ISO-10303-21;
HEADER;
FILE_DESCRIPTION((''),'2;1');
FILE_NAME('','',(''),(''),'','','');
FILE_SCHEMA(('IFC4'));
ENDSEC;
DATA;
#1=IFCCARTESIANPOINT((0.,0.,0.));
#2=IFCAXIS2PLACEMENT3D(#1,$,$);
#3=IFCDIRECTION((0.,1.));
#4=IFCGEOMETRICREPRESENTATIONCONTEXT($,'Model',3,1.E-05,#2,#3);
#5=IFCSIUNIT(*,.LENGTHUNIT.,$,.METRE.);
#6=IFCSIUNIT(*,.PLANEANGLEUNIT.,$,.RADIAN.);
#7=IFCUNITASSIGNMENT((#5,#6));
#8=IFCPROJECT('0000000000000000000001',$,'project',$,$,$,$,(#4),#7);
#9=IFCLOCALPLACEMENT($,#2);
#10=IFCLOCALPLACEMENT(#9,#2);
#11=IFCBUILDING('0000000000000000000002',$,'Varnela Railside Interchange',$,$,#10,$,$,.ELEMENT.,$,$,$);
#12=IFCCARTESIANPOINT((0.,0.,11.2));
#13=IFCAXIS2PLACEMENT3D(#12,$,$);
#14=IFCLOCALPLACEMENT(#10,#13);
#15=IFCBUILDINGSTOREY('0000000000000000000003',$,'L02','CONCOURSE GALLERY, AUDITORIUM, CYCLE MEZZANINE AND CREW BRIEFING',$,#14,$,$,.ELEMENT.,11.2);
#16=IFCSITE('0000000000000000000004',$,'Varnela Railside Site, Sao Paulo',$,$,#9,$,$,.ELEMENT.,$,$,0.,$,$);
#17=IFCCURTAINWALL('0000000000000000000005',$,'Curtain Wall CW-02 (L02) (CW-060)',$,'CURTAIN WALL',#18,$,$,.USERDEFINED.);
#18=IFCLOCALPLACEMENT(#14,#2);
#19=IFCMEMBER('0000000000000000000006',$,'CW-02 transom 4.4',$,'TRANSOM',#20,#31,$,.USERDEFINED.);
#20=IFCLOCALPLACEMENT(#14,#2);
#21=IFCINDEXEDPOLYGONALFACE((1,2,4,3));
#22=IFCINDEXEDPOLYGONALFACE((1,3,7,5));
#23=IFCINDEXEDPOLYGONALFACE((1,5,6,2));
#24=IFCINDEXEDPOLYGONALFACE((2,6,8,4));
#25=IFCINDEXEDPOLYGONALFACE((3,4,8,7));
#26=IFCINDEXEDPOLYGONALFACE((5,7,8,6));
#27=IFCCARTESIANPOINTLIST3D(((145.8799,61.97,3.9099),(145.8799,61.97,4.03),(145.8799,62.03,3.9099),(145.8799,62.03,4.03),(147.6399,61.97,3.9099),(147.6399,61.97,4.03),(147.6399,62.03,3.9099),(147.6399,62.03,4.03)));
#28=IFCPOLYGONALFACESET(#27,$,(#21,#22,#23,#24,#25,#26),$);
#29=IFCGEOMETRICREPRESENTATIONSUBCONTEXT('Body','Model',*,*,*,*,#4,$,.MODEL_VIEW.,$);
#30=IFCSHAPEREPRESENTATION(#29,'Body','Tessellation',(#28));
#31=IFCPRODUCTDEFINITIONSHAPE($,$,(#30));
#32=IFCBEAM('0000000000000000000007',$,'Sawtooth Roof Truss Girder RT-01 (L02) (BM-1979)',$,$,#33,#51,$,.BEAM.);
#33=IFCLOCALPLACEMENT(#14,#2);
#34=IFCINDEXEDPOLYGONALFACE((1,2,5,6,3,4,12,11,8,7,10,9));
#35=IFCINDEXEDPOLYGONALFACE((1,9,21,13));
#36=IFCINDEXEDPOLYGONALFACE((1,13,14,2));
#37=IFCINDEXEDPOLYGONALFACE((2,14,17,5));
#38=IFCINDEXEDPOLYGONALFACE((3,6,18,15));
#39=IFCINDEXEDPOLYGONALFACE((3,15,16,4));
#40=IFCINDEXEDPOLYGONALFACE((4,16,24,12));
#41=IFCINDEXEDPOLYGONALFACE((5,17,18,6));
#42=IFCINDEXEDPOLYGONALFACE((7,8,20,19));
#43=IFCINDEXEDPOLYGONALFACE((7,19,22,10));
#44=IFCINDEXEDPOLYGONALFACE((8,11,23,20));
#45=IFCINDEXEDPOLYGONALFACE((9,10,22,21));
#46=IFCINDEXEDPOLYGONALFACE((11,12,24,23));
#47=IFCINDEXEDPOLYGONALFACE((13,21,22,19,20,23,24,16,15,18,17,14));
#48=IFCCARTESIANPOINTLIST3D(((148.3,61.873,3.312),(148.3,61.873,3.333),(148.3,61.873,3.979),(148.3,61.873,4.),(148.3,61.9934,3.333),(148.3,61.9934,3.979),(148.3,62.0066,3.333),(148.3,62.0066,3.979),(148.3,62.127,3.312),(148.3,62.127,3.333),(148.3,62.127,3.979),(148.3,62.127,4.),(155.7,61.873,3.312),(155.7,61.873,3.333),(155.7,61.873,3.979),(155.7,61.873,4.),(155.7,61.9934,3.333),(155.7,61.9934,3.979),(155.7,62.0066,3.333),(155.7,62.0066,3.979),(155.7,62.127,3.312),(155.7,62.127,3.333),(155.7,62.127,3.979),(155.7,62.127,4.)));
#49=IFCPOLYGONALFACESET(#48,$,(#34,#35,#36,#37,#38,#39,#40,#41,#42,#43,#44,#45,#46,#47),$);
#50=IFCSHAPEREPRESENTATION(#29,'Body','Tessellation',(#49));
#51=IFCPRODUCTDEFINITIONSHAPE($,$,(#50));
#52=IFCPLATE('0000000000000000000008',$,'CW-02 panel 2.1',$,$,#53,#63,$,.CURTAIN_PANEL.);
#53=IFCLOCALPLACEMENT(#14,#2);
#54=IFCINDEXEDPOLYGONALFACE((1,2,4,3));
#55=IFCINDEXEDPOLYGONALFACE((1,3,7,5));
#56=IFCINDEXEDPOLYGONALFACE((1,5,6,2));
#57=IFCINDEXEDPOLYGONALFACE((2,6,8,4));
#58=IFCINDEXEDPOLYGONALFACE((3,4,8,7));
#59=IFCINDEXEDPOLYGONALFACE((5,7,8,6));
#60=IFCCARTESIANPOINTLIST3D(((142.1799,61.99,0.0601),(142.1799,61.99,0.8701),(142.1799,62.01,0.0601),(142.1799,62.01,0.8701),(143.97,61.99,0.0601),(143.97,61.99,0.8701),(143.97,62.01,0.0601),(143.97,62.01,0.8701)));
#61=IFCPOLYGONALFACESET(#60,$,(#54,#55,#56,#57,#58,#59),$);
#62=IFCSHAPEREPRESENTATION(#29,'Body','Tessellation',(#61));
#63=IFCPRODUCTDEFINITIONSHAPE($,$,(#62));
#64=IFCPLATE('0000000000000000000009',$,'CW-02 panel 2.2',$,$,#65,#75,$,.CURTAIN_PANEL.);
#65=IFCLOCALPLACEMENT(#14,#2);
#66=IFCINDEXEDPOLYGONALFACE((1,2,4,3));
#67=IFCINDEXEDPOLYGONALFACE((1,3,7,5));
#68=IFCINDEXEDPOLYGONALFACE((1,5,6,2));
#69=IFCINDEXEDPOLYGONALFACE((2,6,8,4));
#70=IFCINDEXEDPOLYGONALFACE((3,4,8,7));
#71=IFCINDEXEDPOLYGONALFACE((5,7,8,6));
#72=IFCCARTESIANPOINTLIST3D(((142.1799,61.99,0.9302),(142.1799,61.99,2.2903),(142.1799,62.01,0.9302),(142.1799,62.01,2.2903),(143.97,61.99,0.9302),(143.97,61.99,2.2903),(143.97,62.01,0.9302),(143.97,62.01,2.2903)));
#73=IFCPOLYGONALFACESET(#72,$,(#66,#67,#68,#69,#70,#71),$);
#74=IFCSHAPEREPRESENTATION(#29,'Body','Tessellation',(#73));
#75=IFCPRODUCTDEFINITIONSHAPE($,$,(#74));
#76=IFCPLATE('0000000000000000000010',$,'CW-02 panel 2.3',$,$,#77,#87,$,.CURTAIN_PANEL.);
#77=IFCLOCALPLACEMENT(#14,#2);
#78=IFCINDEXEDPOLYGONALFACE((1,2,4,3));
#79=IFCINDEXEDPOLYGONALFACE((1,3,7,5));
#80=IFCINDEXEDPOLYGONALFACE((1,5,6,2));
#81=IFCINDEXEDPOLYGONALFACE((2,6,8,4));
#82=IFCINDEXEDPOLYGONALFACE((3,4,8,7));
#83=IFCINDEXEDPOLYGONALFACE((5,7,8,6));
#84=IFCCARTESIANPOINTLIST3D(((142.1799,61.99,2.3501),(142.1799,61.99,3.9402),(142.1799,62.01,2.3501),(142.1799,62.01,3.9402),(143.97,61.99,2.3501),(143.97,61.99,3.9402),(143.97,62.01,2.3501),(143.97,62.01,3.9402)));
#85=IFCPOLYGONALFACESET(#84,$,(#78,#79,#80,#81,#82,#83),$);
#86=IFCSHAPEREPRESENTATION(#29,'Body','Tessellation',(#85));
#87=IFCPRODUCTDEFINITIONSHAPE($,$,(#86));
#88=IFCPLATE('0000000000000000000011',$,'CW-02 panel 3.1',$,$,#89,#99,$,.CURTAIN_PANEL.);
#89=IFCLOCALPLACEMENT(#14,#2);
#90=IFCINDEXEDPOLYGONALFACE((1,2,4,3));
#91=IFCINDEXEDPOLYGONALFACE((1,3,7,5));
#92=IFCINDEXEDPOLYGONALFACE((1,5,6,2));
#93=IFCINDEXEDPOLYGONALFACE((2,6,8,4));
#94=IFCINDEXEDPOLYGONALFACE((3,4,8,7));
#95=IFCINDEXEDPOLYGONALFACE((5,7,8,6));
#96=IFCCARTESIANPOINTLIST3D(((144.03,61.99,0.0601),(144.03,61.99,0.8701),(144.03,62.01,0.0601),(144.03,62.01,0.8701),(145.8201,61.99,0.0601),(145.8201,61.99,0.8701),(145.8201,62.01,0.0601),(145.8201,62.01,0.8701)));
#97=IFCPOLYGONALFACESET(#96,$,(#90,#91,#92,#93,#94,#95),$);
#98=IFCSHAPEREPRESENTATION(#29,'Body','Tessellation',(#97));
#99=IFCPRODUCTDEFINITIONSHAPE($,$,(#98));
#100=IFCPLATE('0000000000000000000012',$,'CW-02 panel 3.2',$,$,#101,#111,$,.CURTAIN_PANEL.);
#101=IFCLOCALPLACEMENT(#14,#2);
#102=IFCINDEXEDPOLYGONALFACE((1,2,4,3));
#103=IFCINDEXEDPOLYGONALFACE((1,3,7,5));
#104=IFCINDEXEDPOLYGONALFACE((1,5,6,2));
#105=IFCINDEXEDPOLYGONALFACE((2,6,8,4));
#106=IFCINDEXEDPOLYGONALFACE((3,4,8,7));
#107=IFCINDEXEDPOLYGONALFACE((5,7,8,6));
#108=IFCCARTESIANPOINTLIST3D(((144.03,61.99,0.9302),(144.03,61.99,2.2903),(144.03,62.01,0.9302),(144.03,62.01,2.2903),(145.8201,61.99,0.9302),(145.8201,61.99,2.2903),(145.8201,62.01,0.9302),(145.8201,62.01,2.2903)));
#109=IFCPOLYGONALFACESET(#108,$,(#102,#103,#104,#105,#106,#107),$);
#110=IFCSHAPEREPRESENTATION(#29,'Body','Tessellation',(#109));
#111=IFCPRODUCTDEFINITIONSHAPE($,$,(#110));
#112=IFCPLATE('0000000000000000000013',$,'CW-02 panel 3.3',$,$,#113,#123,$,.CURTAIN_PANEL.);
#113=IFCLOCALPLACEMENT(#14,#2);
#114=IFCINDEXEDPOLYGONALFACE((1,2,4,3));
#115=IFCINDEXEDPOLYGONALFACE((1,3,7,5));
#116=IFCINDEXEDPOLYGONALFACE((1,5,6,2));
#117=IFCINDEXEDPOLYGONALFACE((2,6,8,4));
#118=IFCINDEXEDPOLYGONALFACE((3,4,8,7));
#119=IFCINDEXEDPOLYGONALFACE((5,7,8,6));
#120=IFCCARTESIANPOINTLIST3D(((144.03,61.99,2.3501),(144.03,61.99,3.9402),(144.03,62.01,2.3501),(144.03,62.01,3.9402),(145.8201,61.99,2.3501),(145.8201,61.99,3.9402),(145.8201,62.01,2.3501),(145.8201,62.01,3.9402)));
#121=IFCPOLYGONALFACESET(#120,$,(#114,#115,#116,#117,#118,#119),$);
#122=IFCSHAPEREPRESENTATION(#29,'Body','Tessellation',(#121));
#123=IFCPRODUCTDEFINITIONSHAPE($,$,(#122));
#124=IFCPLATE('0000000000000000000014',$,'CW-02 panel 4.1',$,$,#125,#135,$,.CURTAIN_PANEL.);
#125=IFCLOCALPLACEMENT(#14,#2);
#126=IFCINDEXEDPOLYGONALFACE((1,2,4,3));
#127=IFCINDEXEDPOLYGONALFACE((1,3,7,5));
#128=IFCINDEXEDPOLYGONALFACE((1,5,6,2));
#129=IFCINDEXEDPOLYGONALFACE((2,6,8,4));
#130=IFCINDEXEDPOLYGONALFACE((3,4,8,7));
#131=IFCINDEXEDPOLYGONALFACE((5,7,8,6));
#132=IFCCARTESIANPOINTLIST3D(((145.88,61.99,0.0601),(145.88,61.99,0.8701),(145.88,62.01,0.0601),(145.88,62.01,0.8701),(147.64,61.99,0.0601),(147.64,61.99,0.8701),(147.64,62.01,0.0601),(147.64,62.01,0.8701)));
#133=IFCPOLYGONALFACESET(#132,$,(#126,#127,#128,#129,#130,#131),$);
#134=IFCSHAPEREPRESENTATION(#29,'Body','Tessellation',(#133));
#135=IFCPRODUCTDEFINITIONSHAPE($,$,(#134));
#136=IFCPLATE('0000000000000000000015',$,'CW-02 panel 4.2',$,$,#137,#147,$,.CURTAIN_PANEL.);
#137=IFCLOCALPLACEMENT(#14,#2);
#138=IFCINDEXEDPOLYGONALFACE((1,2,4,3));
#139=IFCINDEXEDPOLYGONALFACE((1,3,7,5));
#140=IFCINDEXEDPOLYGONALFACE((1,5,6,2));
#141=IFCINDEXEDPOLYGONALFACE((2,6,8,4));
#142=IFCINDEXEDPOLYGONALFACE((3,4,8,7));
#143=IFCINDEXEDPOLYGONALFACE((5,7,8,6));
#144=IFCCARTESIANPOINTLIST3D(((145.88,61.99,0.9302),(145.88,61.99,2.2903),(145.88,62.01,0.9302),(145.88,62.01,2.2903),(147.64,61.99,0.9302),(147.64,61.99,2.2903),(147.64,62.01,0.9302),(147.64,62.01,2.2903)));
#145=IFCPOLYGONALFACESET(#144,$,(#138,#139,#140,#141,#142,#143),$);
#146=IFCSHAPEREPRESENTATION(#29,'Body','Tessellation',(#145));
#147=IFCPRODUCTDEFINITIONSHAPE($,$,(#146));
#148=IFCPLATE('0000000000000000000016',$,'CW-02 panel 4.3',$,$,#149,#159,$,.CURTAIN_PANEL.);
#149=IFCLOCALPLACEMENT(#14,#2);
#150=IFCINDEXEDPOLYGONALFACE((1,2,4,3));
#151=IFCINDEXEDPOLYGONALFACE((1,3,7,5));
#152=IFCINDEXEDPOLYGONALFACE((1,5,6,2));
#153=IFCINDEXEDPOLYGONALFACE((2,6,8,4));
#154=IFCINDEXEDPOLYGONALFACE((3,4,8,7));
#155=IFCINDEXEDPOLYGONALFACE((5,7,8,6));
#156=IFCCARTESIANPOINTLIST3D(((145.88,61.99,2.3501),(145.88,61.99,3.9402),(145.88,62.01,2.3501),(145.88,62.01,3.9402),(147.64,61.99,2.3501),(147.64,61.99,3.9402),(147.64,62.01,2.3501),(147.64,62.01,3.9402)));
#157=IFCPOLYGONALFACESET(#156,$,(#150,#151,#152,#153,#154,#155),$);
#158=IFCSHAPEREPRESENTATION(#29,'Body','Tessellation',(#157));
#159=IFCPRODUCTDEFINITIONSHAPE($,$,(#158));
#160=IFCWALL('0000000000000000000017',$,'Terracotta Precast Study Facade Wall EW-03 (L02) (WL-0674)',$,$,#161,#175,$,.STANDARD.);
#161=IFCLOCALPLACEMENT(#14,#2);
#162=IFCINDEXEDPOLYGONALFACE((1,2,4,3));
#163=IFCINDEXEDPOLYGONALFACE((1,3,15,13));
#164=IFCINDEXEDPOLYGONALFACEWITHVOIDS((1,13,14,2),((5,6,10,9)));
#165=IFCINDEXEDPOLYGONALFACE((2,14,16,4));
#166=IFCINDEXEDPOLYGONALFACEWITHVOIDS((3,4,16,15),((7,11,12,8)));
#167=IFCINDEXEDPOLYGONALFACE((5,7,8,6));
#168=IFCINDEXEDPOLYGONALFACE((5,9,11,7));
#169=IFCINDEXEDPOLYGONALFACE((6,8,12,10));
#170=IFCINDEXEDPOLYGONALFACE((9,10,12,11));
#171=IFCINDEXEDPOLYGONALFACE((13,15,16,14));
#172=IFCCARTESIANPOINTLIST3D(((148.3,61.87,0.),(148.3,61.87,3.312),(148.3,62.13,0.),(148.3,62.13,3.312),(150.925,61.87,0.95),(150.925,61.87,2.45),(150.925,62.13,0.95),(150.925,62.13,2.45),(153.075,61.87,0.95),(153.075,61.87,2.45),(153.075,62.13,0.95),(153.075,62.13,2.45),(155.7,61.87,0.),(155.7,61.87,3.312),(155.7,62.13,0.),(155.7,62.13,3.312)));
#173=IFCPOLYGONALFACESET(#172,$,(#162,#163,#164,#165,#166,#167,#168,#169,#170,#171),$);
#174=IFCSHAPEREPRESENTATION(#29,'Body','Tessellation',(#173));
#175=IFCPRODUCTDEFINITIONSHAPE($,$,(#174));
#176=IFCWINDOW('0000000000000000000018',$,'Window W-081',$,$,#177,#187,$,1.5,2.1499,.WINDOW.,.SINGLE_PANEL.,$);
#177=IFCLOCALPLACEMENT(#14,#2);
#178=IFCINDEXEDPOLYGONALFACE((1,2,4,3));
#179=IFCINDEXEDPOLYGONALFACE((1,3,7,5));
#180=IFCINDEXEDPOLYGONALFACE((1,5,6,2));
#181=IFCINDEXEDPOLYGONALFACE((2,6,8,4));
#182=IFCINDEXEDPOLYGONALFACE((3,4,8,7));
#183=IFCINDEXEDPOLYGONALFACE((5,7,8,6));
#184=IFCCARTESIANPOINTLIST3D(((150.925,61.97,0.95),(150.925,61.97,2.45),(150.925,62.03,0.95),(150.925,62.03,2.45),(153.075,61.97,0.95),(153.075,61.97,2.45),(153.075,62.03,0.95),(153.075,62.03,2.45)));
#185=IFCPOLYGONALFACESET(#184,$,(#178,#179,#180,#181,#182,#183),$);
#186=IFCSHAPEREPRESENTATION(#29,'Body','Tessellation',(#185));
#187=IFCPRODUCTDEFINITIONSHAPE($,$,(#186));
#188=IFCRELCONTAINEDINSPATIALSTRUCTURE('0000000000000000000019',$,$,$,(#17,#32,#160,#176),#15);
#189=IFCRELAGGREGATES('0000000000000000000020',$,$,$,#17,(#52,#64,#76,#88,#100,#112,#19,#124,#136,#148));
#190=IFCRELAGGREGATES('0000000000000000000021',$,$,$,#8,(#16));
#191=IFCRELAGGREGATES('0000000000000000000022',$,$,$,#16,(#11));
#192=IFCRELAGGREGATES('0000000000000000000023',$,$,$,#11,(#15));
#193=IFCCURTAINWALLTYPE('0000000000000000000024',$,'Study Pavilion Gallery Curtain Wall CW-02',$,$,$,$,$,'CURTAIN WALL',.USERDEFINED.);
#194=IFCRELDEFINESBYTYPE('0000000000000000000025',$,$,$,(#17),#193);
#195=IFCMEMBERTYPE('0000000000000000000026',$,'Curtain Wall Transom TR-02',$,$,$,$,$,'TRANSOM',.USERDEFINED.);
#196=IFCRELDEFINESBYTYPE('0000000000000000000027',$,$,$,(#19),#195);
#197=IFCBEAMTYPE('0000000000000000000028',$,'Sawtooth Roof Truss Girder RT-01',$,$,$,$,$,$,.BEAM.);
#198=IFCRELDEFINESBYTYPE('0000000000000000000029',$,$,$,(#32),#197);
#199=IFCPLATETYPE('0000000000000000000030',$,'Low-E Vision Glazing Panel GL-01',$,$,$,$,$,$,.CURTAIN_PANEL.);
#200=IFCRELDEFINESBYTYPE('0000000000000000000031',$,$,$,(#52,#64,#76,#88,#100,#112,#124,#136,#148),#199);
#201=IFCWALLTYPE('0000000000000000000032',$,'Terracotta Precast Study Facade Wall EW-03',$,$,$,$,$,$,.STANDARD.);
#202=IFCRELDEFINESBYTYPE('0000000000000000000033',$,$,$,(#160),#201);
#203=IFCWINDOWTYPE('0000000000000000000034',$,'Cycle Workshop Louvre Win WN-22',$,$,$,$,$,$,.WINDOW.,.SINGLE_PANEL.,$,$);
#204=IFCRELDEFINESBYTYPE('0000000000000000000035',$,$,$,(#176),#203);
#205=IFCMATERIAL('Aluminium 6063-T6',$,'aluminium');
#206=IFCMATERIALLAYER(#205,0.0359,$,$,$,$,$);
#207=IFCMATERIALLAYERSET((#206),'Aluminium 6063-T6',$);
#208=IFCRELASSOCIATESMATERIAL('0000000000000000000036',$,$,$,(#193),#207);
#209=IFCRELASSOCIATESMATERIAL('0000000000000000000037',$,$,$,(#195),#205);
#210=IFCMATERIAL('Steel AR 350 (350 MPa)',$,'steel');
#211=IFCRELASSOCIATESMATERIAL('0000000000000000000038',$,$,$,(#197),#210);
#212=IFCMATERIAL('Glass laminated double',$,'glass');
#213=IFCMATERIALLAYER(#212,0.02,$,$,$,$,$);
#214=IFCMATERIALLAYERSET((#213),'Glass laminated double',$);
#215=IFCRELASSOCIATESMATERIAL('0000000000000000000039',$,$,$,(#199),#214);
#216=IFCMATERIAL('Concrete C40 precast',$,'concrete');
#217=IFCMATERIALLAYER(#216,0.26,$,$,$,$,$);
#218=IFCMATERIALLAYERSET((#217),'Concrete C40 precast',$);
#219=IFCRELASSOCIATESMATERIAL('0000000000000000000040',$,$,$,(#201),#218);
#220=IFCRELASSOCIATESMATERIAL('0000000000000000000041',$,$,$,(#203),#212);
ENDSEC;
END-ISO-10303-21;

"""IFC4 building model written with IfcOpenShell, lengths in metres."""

from ifc_helpers import new_model, si_unit, direction, frame, frame_2d, origin, origin_2d, place, context, subcontext, project, spatial, rectangle, i_section, extrude, material, layer, layer_set, material_profile, profile_set, type_object, element, fill, aggregate, save


model = new_model("IFC4")

# Units and contexts
model_context = context("Model", 3, precision=1e-05, world=origin(), true_north=direction((0.0, 1.0)))
body_context = subcontext(model_context, "Body", "Model", "MODEL_VIEW")
ifc_project = project(units=[si_unit("LENGTHUNIT", "METRE"), si_unit("PLANEANGLEUNIT", "RADIAN")], contexts=[model_context])

# Site, building, storey
site_placement = place(None, origin())
site = spatial("IfcSite", under=ifc_project, at=site_placement, Name="Varnela Railside Site, Sao Paulo", CompositionType="ELEMENT", RefElevation=0.0)
building_placement = place(site_placement, origin())
building = spatial("IfcBuilding", under=site, at=building_placement, Name="Varnela Railside Interchange", CompositionType="ELEMENT")
storey_placement = place(building_placement, frame((0.0, 0.0, 11.2)))
storey = spatial("IfcBuildingStorey", under=building, at=storey_placement, Name="L02", Description="CONCOURSE GALLERY, AUDITORIUM, CYCLE MEZZANINE AND CREW BRIEFING", CompositionType="ELEMENT", Elevation=11.2)

# Curtain wall, member
ifc_material_1 = material(Name="Aluminium 6063-T6", Category="aluminium")
ifc_layer_1 = layer(ifc_material_1, 0.0359)
ifc_layer_set_1 = layer_set([ifc_layer_1], Name="Aluminium 6063-T6")
curtain_wall_type = type_object("IfcCurtainWallType", Name="Study Pavilion Gallery Curtain Wall CW-02", ElementType="CURTAIN WALL", PredefinedType="USERDEFINED", material=ifc_layer_set_1)
curtain_wall_placement = place(storey_placement, origin())
curtain_wall = element("IfcCurtainWall", 1, at=curtain_wall_placement, inside=storey, type_object=curtain_wall_type, Name="Curtain Wall CW-02 (L02) (CW-060)", ObjectType="CURTAIN WALL", PredefinedType="USERDEFINED")
ifc_material_profile_1 = material_profile(ifc_material_1, rectangle(XDim=0.0601, YDim=0.1201, at=origin_2d()), Name="ALU 60x120")
ifc_profile_set_1 = profile_set([ifc_material_profile_1], Name="Aluminium 6063-T6")
member_type_1 = type_object("IfcMemberType", Name="Curtain Wall Transom TR-02", ElementType="TRANSOM", PredefinedType="USERDEFINED", material=ifc_profile_set_1)
member_1_placement = place(storey_placement, frame((145.8799, 62.0, 3.97), z_axis=(1.0, 0.0, 0.0), x_axis=(0.0, 1.0, 0.0)))
member_1 = element("IfcMember", 2, at=member_1_placement, type_object=member_type_1, Name="CW-02 transom 4.4", ObjectType="TRANSOM", PredefinedType="USERDEFINED", context=body_context, shape_type="SweptSolid", body=[
    extrude(rectangle(XDim=0.0601, YDim=0.1201, at=origin_2d()), origin(), (0.0, 0.0, 1.0), 1.76),
])

# Beam
ifc_material_2 = material(Name="Steel AR 350 (350 MPa)", Category="steel")
ifc_material_profile_2 = material_profile(ifc_material_2, i_section(OverallWidth=0.2539, OverallDepth=0.688, WebThickness=0.0132, FlangeThickness=0.021, at=origin_2d()), Name="W690x152")
ifc_profile_set_2 = profile_set([ifc_material_profile_2], Name="Steel AR 350 (350 MPa)")
beam_type = type_object("IfcBeamType", Name="Sawtooth Roof Truss Girder RT-01", PredefinedType="BEAM", material=ifc_profile_set_2)
beam_placement = place(storey_placement, frame((148.3, 62.0, 3.656), z_axis=(1.0, 0.0, 0.0), x_axis=(0.0, 1.0, 0.0)))
element("IfcBeam", 3, at=beam_placement, inside=storey, type_object=beam_type, Name="Sawtooth Roof Truss Girder RT-01 (L02) (BM-1979)", PredefinedType="BEAM", context=body_context, shape_type="SweptSolid", body=[
    extrude(i_section(OverallWidth=0.2539, OverallDepth=0.688, WebThickness=0.0132, FlangeThickness=0.021, at=origin_2d()), origin(), (0.0, 0.0, 1.0), 7.3999),
])

# Plates
ifc_material_3 = material(Name="Glass laminated double", Category="glass")
ifc_layer_2 = layer(ifc_material_3, 0.02)
ifc_layer_set_2 = layer_set([ifc_layer_2], Name="Glass laminated double")
plate_type = type_object("IfcPlateType", Name="Low-E Vision Glazing Panel GL-01", PredefinedType="CURTAIN_PANEL", material=ifc_layer_set_2)
plate_1_placement = place(storey_placement, frame((143.075, 62.0, 0.0601), z_axis=(0.0, 0.0, 1.0), x_axis=(1.0, 0.0, 0.0)))
plate_1 = element("IfcPlate", 4, at=plate_1_placement, type_object=plate_type, Name="CW-02 panel 2.1", PredefinedType="CURTAIN_PANEL", context=body_context, shape_type="SweptSolid", body=[
    extrude(rectangle(XDim=1.79, YDim=0.02, at=origin_2d()), origin(), (0.0, 0.0, 1.0), 0.8101),
])
plate_2_placement = place(storey_placement, frame((143.075, 62.0, 0.9302), z_axis=(0.0, 0.0, 1.0), x_axis=(1.0, 0.0, 0.0)))
plate_2 = element("IfcPlate", 5, at=plate_2_placement, type_object=plate_type, Name="CW-02 panel 2.2", PredefinedType="CURTAIN_PANEL", context=body_context, shape_type="SweptSolid", body=[
    extrude(rectangle(XDim=1.79, YDim=0.02, at=origin_2d()), origin(), (0.0, 0.0, 1.0), 1.3601),
])
plate_3_placement = place(storey_placement, frame((143.075, 62.0, 2.3501), z_axis=(0.0, 0.0, 1.0), x_axis=(1.0, 0.0, 0.0)))
plate_3 = element("IfcPlate", 6, at=plate_3_placement, type_object=plate_type, Name="CW-02 panel 2.3", PredefinedType="CURTAIN_PANEL", context=body_context, shape_type="SweptSolid", body=[
    extrude(rectangle(XDim=1.79, YDim=0.02, at=origin_2d()), origin(), (0.0, 0.0, 1.0), 1.5901),
])
plate_4_placement = place(storey_placement, frame((144.925, 62.0, 0.0601), z_axis=(0.0, 0.0, 1.0), x_axis=(1.0, 0.0, 0.0)))
plate_4 = element("IfcPlate", 7, at=plate_4_placement, type_object=plate_type, Name="CW-02 panel 3.1", PredefinedType="CURTAIN_PANEL", context=body_context, shape_type="SweptSolid", body=[
    extrude(rectangle(XDim=1.79, YDim=0.02, at=origin_2d()), origin(), (0.0, 0.0, 1.0), 0.8101),
])
plate_5_placement = place(storey_placement, frame((144.925, 62.0, 0.9302), z_axis=(0.0, 0.0, 1.0), x_axis=(1.0, 0.0, 0.0)))
plate_5 = element("IfcPlate", 8, at=plate_5_placement, type_object=plate_type, Name="CW-02 panel 3.2", PredefinedType="CURTAIN_PANEL", context=body_context, shape_type="SweptSolid", body=[
    extrude(rectangle(XDim=1.79, YDim=0.02, at=origin_2d()), origin(), (0.0, 0.0, 1.0), 1.3601),
])
plate_6_placement = place(storey_placement, frame((144.925, 62.0, 2.3501), z_axis=(0.0, 0.0, 1.0), x_axis=(1.0, 0.0, 0.0)))
plate_6 = element("IfcPlate", 9, at=plate_6_placement, type_object=plate_type, Name="CW-02 panel 3.3", PredefinedType="CURTAIN_PANEL", context=body_context, shape_type="SweptSolid", body=[
    extrude(rectangle(XDim=1.79, YDim=0.02, at=origin_2d()), origin(), (0.0, 0.0, 1.0), 1.5901),
])
plate_7_placement = place(storey_placement, frame((146.76, 62.0, 0.0601), z_axis=(0.0, 0.0, 1.0), x_axis=(1.0, 0.0, 0.0)))
plate_7 = element("IfcPlate", 10, at=plate_7_placement, type_object=plate_type, Name="CW-02 panel 4.1", PredefinedType="CURTAIN_PANEL", context=body_context, shape_type="SweptSolid", body=[
    extrude(rectangle(XDim=1.76, YDim=0.02, at=origin_2d()), origin(), (0.0, 0.0, 1.0), 0.8101),
])
plate_8_placement = place(storey_placement, frame((146.76, 62.0, 0.9302), z_axis=(0.0, 0.0, 1.0), x_axis=(1.0, 0.0, 0.0)))
plate_8 = element("IfcPlate", 11, at=plate_8_placement, type_object=plate_type, Name="CW-02 panel 4.2", PredefinedType="CURTAIN_PANEL", context=body_context, shape_type="SweptSolid", body=[
    extrude(rectangle(XDim=1.76, YDim=0.02, at=origin_2d()), origin(), (0.0, 0.0, 1.0), 1.3601),
])
plate_9_placement = place(storey_placement, frame((146.76, 62.0, 2.3501), z_axis=(0.0, 0.0, 1.0), x_axis=(1.0, 0.0, 0.0)))
plate_9 = element("IfcPlate", 12, at=plate_9_placement, type_object=plate_type, Name="CW-02 panel 4.3", PredefinedType="CURTAIN_PANEL", context=body_context, shape_type="SweptSolid", body=[
    extrude(rectangle(XDim=1.76, YDim=0.02, at=origin_2d()), origin(), (0.0, 0.0, 1.0), 1.5901),
])
aggregate(curtain_wall, [plate_1, plate_2, plate_3, plate_4, plate_5, plate_6, member_1, plate_7, plate_8, plate_9])

# Wall, opening, window
ifc_material_4 = material(Name="Concrete C40 precast", Category="concrete")
ifc_layer_3 = layer(ifc_material_4, 0.26)
ifc_layer_set_3 = layer_set([ifc_layer_3], Name="Concrete C40 precast")
wall_type = type_object("IfcWallType", Name="Terracotta Precast Study Facade Wall EW-03", PredefinedType="STANDARD", material=ifc_layer_set_3)
wall_placement = place(storey_placement, frame((148.3, 62.0, 0.0), z_axis=(0.0, 0.0, 1.0), x_axis=(1.0, 0.0, 0.0)))
wall = element("IfcWall", 13, at=wall_placement, inside=storey, type_object=wall_type, Name="Terracotta Precast Study Facade Wall EW-03 (L02) (WL-0674)", PredefinedType="STANDARD", context=body_context, shape_type="SweptSolid", body=[
    extrude(rectangle(XDim=7.3999, YDim=0.26, at=frame_2d((3.7, 0.0))), origin(), (0.0, 0.0, 1.0), 3.312),
])
opening_placement = place(wall_placement, frame((2.625, 0.0, 0.95)))
opening = element("IfcOpeningElement", 14, at=opening_placement, cuts=wall, PredefinedType="OPENING", context=body_context, shape_type="SweptSolid", body=[
    extrude(rectangle(XDim=2.1499, YDim=1.5, at=frame_2d((1.075, 0.75))), frame((0.0, 0.1399, 0.0), z_axis=(0.0, -1.0, 0.0), x_axis=(1.0, 0.0, 0.0)), (0.0, 0.0, 1.0), 0.28),
])
window_type = type_object("IfcWindowType", Name="Cycle Workshop Louvre Win WN-22", PartitioningType="SINGLE_PANEL", PredefinedType="WINDOW", material=ifc_material_3)
window_placement = place(opening_placement, origin())
window = element("IfcWindow", 15, at=window_placement, inside=storey, type_object=window_type, Name="Window W-081", OverallHeight=1.5, OverallWidth=2.1499, PartitioningType="SINGLE_PANEL", PredefinedType="WINDOW", context=body_context, shape_type="SweptSolid", body=[
    extrude(rectangle(XDim=2.1499, YDim=1.5, at=frame_2d((1.075, 0.75))), frame((0.0, 0.03, 0.0), z_axis=(0.0, -1.0, 0.0), x_axis=(1.0, 0.0, 0.0)), (0.0, 0.0, 1.0), 0.0601),
])
fill(opening, window)

save(model, "model.ifc")
